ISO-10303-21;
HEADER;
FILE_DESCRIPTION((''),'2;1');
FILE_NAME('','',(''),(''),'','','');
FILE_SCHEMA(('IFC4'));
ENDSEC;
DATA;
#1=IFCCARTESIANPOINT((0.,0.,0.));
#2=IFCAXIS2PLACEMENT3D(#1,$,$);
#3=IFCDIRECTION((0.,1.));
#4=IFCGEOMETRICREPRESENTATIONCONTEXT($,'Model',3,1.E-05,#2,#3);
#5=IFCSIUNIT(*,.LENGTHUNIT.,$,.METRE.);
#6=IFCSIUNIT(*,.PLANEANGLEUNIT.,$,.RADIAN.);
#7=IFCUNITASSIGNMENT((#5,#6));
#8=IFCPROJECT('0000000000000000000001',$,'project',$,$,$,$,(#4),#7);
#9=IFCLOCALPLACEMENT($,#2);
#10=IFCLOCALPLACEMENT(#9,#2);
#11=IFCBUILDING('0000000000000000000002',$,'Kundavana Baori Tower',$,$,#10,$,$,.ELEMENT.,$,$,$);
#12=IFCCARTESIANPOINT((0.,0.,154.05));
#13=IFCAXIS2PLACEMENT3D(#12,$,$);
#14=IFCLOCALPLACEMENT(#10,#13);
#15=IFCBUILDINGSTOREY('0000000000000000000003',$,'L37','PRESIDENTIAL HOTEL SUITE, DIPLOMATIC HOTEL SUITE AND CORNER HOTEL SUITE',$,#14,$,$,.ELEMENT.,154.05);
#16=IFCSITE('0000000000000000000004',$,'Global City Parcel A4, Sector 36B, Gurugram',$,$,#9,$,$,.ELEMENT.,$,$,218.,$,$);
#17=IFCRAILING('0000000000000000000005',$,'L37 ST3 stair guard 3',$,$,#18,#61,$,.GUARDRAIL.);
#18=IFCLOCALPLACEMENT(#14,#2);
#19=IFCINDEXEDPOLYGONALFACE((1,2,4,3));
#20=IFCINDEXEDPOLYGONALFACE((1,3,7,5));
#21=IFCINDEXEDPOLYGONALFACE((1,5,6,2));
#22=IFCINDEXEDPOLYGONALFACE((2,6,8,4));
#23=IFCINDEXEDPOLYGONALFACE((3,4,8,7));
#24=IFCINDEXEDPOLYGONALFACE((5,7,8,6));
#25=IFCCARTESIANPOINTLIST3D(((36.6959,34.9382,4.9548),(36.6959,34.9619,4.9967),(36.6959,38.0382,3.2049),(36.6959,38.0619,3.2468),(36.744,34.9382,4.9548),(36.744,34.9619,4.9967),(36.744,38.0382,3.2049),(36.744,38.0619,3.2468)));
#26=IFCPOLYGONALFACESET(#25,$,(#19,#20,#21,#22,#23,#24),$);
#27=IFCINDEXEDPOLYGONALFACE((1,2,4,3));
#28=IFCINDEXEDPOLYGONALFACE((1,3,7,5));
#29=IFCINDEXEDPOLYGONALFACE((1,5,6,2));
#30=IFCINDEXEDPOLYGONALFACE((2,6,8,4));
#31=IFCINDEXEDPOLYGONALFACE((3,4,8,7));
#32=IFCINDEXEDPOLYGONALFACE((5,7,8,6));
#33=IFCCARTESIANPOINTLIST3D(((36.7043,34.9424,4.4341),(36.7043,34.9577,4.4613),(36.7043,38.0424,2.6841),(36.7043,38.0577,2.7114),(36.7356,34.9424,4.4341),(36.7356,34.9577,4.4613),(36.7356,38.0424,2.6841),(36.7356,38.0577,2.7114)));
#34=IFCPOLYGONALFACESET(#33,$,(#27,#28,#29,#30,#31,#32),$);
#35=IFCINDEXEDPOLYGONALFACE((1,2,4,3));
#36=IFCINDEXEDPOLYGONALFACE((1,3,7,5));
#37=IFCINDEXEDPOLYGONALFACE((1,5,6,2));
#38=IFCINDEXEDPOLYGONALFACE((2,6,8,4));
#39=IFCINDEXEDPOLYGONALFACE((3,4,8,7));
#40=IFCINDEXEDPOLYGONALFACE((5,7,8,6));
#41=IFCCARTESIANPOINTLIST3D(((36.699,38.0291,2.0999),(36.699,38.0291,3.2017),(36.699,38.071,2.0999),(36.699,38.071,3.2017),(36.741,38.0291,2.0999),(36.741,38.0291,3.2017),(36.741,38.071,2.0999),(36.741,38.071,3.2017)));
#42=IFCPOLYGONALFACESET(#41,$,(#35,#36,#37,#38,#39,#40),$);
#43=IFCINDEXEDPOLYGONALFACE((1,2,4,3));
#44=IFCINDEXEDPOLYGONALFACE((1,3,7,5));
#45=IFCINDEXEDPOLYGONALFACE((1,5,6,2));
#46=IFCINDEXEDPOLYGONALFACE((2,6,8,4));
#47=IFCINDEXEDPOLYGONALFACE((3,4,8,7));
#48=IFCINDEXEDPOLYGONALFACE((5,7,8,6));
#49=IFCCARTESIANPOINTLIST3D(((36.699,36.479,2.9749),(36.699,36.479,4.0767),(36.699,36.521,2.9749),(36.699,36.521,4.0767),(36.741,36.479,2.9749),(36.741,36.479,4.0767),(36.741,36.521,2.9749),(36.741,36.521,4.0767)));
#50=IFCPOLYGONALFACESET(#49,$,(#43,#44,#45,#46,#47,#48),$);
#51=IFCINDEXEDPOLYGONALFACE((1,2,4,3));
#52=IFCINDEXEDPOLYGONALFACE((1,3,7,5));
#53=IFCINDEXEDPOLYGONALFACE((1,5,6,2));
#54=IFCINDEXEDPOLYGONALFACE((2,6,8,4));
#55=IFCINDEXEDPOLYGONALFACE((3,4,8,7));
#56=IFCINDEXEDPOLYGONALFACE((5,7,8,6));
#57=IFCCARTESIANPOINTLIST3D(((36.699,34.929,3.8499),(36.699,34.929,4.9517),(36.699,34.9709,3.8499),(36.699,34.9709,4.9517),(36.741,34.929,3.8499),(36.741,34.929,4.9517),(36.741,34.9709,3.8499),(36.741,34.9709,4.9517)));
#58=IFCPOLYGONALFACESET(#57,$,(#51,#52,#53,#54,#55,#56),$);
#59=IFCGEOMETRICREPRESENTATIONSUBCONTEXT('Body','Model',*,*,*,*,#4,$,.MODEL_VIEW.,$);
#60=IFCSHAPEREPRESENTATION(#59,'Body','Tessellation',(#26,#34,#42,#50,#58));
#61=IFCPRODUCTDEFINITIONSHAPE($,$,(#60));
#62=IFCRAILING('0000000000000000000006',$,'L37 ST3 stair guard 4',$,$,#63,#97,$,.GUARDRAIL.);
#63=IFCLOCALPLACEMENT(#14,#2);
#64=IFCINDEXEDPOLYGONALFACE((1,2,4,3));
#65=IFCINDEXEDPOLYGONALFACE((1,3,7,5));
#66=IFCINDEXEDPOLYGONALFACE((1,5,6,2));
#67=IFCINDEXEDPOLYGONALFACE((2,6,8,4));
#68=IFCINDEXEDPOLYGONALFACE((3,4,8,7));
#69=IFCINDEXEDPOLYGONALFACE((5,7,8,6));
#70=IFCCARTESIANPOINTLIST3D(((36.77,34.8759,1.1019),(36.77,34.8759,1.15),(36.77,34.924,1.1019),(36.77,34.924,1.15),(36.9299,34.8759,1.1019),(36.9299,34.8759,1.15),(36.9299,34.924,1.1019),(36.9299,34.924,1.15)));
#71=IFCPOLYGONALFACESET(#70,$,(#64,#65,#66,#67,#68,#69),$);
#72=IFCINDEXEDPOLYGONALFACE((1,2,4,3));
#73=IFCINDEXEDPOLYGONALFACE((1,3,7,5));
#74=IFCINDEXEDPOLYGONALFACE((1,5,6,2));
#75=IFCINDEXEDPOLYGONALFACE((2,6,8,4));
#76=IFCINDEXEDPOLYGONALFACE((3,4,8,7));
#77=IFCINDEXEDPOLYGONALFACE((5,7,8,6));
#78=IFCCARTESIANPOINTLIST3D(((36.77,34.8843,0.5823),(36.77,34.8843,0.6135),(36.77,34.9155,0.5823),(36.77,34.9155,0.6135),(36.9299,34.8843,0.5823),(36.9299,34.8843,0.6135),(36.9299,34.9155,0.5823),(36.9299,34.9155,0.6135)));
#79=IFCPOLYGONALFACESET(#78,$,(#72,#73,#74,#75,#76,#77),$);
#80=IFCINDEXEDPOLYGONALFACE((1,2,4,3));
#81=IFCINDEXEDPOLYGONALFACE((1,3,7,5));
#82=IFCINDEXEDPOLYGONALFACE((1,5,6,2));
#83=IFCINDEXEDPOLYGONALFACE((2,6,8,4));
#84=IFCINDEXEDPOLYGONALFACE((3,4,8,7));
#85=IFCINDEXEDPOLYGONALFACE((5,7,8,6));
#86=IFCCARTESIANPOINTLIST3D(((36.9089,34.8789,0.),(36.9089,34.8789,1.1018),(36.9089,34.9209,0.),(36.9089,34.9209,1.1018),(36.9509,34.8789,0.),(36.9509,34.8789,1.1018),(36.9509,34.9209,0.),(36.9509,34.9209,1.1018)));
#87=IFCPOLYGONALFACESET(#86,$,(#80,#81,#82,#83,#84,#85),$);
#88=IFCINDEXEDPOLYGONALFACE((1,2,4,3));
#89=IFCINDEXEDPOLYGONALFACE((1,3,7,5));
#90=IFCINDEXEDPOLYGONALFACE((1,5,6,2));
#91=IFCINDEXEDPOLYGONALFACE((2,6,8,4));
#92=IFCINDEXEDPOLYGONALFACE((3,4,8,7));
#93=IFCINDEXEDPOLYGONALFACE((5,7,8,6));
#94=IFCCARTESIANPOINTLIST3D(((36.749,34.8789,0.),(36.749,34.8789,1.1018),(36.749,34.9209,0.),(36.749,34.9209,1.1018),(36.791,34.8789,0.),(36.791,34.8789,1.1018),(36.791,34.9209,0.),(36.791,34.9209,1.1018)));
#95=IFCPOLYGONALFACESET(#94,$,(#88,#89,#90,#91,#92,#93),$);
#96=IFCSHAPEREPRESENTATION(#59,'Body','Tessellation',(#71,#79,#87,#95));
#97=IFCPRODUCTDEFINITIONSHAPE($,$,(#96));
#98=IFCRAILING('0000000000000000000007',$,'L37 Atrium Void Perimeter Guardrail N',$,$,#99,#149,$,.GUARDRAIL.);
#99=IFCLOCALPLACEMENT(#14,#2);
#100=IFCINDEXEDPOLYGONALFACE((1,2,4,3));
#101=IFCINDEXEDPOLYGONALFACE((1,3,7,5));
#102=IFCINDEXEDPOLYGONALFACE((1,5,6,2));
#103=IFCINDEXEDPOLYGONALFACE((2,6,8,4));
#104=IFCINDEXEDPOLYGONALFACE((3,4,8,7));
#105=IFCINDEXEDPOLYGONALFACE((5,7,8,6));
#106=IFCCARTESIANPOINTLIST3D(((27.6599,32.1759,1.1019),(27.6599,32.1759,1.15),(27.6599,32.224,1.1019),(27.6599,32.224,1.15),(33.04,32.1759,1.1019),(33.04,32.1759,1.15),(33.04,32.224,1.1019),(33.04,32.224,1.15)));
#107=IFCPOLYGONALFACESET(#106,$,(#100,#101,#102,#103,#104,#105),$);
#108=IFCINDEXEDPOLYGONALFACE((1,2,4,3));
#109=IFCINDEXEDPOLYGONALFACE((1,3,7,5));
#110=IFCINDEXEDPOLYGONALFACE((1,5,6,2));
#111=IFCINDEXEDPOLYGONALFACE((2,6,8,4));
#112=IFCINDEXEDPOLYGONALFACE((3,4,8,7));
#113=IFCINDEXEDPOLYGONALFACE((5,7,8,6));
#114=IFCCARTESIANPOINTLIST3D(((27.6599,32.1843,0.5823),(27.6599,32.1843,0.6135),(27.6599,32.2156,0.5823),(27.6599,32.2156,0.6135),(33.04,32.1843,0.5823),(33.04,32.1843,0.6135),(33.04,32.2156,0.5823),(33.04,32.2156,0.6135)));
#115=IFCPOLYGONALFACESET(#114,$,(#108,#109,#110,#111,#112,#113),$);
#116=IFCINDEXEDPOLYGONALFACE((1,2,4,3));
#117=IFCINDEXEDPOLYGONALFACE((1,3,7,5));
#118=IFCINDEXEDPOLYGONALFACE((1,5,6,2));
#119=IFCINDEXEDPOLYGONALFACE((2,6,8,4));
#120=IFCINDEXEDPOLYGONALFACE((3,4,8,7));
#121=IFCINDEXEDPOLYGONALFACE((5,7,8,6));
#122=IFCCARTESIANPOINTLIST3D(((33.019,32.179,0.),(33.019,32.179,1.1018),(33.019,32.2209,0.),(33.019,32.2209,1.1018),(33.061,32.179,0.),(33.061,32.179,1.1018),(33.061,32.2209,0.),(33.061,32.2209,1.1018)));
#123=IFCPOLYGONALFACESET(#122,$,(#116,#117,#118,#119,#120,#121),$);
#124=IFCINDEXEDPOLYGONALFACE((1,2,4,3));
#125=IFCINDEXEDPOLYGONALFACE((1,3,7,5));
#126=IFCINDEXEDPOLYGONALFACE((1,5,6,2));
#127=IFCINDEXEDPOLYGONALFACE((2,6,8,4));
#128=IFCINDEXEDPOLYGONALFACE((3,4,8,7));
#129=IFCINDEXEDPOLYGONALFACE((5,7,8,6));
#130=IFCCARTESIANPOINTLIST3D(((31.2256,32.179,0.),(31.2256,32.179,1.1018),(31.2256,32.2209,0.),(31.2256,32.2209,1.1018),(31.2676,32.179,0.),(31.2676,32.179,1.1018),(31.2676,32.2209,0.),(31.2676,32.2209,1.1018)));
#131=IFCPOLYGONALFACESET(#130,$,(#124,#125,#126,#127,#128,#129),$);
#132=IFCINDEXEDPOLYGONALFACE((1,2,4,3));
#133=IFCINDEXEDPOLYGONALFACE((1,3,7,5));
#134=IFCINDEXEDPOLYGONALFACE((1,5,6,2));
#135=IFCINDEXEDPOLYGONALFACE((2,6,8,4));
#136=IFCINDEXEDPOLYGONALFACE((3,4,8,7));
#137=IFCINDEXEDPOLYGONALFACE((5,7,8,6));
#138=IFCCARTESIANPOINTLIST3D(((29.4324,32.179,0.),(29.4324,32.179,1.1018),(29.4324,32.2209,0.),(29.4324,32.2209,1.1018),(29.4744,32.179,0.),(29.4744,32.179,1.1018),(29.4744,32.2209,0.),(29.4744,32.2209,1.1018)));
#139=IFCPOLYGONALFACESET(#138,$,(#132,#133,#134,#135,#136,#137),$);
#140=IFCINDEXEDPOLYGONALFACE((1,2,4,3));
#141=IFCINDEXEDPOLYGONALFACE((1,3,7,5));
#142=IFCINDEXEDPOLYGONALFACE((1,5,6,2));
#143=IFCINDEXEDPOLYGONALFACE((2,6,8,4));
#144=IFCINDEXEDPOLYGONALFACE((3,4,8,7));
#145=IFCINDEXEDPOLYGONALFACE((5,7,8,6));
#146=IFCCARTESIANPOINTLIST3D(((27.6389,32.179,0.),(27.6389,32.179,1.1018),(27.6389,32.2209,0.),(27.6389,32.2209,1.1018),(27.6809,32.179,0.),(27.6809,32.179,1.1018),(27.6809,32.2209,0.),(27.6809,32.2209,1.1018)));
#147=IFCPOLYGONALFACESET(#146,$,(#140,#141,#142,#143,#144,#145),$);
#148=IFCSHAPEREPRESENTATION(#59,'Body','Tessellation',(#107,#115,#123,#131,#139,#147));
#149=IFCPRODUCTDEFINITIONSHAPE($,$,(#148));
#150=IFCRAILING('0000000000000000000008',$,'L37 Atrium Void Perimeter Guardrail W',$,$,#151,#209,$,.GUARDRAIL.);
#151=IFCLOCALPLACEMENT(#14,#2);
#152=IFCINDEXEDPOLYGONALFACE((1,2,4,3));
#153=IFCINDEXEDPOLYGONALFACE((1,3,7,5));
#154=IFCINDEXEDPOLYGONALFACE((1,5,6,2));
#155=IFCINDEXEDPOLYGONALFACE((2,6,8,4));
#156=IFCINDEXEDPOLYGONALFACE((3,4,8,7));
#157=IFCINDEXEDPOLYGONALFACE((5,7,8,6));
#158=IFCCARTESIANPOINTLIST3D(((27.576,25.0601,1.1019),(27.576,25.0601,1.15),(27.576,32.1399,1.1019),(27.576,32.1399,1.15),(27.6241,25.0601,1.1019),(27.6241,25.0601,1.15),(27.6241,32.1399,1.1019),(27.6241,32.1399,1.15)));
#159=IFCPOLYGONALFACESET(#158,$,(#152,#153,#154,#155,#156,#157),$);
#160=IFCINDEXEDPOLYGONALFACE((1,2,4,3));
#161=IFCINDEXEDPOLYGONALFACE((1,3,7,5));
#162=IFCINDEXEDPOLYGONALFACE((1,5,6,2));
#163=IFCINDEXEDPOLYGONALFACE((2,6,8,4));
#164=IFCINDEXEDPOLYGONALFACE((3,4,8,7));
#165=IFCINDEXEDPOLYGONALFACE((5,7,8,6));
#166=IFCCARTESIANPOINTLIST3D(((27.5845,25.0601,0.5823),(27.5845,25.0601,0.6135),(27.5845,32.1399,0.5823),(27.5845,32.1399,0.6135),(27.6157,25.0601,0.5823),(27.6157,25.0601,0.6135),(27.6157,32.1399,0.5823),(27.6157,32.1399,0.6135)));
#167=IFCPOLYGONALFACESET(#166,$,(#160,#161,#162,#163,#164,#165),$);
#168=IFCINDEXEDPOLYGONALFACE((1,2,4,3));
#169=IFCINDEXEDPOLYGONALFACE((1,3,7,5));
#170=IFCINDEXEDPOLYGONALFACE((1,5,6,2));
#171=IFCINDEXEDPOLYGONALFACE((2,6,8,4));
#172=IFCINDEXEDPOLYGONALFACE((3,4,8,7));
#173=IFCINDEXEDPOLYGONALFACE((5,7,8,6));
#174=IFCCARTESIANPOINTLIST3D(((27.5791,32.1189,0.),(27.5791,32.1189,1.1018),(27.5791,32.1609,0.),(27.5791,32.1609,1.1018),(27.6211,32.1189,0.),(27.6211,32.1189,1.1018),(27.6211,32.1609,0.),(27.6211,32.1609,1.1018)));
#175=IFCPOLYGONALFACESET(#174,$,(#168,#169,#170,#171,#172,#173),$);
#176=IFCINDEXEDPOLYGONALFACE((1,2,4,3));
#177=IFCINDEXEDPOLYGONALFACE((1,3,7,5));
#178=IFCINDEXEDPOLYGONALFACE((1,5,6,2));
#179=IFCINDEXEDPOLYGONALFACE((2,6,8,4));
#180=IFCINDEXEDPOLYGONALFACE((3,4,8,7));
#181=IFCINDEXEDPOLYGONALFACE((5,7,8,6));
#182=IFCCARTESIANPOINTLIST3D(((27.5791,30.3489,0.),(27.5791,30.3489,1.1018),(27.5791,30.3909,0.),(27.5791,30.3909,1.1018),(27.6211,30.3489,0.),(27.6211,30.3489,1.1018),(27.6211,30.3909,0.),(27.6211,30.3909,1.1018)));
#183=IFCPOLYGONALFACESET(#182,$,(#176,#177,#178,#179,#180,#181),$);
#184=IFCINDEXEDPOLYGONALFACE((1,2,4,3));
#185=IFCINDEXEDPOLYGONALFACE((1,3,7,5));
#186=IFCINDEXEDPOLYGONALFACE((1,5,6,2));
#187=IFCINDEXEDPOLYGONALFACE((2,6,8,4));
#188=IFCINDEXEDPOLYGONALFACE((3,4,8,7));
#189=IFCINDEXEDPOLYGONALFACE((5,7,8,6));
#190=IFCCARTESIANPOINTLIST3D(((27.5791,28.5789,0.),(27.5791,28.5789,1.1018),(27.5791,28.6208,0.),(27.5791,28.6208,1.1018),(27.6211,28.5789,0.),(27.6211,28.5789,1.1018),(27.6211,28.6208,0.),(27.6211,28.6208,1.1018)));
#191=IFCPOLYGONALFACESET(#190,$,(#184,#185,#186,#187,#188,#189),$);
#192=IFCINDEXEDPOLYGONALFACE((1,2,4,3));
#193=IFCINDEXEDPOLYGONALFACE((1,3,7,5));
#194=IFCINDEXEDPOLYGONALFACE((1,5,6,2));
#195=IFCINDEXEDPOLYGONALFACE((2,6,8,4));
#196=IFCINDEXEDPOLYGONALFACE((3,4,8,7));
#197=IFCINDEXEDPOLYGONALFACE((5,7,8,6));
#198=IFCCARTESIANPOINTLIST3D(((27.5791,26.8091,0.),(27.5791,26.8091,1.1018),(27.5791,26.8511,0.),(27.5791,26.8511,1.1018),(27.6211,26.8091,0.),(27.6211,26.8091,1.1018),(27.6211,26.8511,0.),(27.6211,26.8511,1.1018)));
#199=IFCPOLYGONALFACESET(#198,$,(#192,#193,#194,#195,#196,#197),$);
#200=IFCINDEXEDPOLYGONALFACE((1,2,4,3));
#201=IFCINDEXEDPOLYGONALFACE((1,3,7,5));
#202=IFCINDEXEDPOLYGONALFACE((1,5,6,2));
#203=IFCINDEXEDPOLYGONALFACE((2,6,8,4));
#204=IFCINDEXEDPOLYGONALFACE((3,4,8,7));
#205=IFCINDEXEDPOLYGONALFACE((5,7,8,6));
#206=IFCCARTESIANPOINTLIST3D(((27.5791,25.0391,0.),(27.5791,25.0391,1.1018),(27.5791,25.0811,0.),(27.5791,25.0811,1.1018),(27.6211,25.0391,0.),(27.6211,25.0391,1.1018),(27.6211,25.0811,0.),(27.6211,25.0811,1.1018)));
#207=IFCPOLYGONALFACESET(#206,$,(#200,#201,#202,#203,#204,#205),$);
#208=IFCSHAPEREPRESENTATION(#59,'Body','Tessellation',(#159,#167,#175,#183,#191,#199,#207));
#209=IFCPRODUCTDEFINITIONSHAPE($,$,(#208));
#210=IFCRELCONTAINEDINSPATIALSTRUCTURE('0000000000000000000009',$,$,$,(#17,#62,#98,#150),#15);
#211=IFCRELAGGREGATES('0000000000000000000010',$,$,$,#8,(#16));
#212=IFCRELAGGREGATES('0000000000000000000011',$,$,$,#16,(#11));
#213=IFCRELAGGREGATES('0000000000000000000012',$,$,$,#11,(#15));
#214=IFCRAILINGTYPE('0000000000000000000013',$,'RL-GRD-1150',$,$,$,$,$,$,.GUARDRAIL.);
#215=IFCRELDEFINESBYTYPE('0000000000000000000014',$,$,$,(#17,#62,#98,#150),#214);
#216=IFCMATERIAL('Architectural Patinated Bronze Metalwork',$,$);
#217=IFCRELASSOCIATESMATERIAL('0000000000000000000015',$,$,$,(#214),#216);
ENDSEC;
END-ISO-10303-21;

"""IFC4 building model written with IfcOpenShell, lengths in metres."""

from ifc_helpers import new_model, si_unit, direction, frame, origin, origin_2d, place, context, subcontext, project, spatial, rectangle, extrude, material, type_object, element, save


model = new_model("IFC4")

# Units and contexts
model_context = context("Model", 3, precision=1e-05, world=origin(), true_north=direction((0.0, 1.0)))
body_context = subcontext(model_context, "Body", "Model", "MODEL_VIEW")
ifc_project = project(units=[si_unit("LENGTHUNIT", "METRE"), si_unit("PLANEANGLEUNIT", "RADIAN")], contexts=[model_context])

# Site, building, storey
site_placement = place(None, origin())
site = spatial("IfcSite", under=ifc_project, at=site_placement, Name="Global City Parcel A4, Sector 36B, Gurugram", CompositionType="ELEMENT", RefElevation=218.0)
building_placement = place(site_placement, origin())
building = spatial("IfcBuilding", under=site, at=building_placement, Name="Kundavana Baori Tower", CompositionType="ELEMENT")
storey_placement = place(building_placement, frame((0.0, 0.0, 154.05)))
storey = spatial("IfcBuildingStorey", under=building, at=storey_placement, Name="L37", Description="PRESIDENTIAL HOTEL SUITE, DIPLOMATIC HOTEL SUITE AND CORNER HOTEL SUITE", CompositionType="ELEMENT", Elevation=154.05)

# Railings
ifc_material_1 = material(Name="Architectural Patinated Bronze Metalwork")
railing_type_1 = type_object("IfcRailingType", Name="RL-GRD-1150", PredefinedType="GUARDRAIL", material=ifc_material_1)
railing_1_placement = place(storey_placement, frame((36.72, 38.05, 2.0999)))
element("IfcRailing", 1, at=railing_1_placement, inside=storey, type_object=railing_type_1, Name="L37 ST3 stair guard 3", PredefinedType="GUARDRAIL", context=body_context, shape_type="SweptSolid", body=[
    extrude(rectangle(XDim=0.0481, YDim=0.0481, at=origin_2d()), frame((0.0, 0.0, 1.126), z_axis=(0.0, -0.870831, 0.491583), x_axis=(1.0, 0.0, 0.0)), (0.0, 0.0, 1.0), 3.5598),
    extrude(rectangle(XDim=0.0312, YDim=0.0312, at=origin_2d()), frame((0.0, 0.0, 0.5979), z_axis=(0.0, -0.870831, 0.491583), x_axis=(1.0, 0.0, 0.0)), (0.0, 0.0, 1.0), 3.5598),
    extrude(rectangle(XDim=0.042, YDim=0.042, at=origin_2d()), origin(), (0.0, 0.0, 1.0), 1.1018),
    extrude(rectangle(XDim=0.042, YDim=0.042, at=origin_2d()), frame((0.0, -1.55, 0.875)), (0.0, 0.0, 1.0), 1.1018),
    extrude(rectangle(XDim=0.042, YDim=0.042, at=origin_2d()), frame((0.0, -3.1001, 1.75)), (0.0, 0.0, 1.0), 1.1018),
])
railing_2_placement = place(storey_placement, frame((36.9299, 34.8999, 0.0)))
element("IfcRailing", 2, at=railing_2_placement, inside=storey, type_object=railing_type_1, Name="L37 ST3 stair guard 4", PredefinedType="GUARDRAIL", context=body_context, shape_type="SweptSolid", body=[
    extrude(rectangle(XDim=0.0481, YDim=0.0481, at=origin_2d()), frame((0.0, 0.0, 1.126), z_axis=(-1.0, 0.0, 0.0), x_axis=(0.0, -1.0, 0.0)), (0.0, 0.0, 1.0), 0.1599),
    extrude(rectangle(XDim=0.0312, YDim=0.0312, at=origin_2d()), frame((0.0, 0.0, 0.5979), z_axis=(-1.0, 0.0, 0.0), x_axis=(0.0, -1.0, 0.0)), (0.0, 0.0, 1.0), 0.1599),
    extrude(rectangle(XDim=0.042, YDim=0.042, at=origin_2d()), origin(), (0.0, 0.0, 1.0), 1.1018),
    extrude(rectangle(XDim=0.042, YDim=0.042, at=origin_2d()), frame((-0.1599, 0.0, 0.0)), (0.0, 0.0, 1.0), 1.1018),
])
railing_3_placement = place(storey_placement, frame((33.04, 32.2, 0.0)))
element("IfcRailing", 3, at=railing_3_placement, inside=storey, type_object=railing_type_1, Name="L37 Atrium Void Perimeter Guardrail N", PredefinedType="GUARDRAIL", context=body_context, shape_type="SweptSolid", body=[
    extrude(rectangle(XDim=0.0481, YDim=0.0481, at=origin_2d()), frame((0.0, 0.0, 1.126), z_axis=(-1.0, 0.0, 0.0), x_axis=(0.0, -1.0, 0.0)), (0.0, 0.0, 1.0), 5.3801),
    extrude(rectangle(XDim=0.0312, YDim=0.0312, at=origin_2d()), frame((0.0, 0.0, 0.5979), z_axis=(-1.0, 0.0, 0.0), x_axis=(0.0, -1.0, 0.0)), (0.0, 0.0, 1.0), 5.3801),
    extrude(rectangle(XDim=0.042, YDim=0.042, at=origin_2d()), origin(), (0.0, 0.0, 1.0), 1.1018),
    extrude(rectangle(XDim=0.042, YDim=0.042, at=origin_2d()), frame((-1.7935, 0.0, 0.0)), (0.0, 0.0, 1.0), 1.1018),
    extrude(rectangle(XDim=0.042, YDim=0.042, at=origin_2d()), frame((-3.5867, 0.0, 0.0)), (0.0, 0.0, 1.0), 1.1018),
    extrude(rectangle(XDim=0.042, YDim=0.042, at=origin_2d()), frame((-5.3801, 0.0, 0.0)), (0.0, 0.0, 1.0), 1.1018),
])
railing_4_placement = place(storey_placement, frame((27.6001, 32.1399, 0.0)))
element("IfcRailing", 4, at=railing_4_placement, inside=storey, type_object=railing_type_1, Name="L37 Atrium Void Perimeter Guardrail W", PredefinedType="GUARDRAIL", context=body_context, shape_type="SweptSolid", body=[
    extrude(rectangle(XDim=0.0481, YDim=0.0481, at=origin_2d()), frame((0.0, 0.0, 1.126), z_axis=(0.0, -1.0, 0.0), x_axis=(1.0, 0.0, 0.0)), (0.0, 0.0, 1.0), 7.0798),
    extrude(rectangle(XDim=0.0312, YDim=0.0312, at=origin_2d()), frame((0.0, 0.0, 0.5979), z_axis=(0.0, -1.0, 0.0), x_axis=(1.0, 0.0, 0.0)), (0.0, 0.0, 1.0), 7.0798),
    extrude(rectangle(XDim=0.042, YDim=0.042, at=origin_2d()), origin(), (0.0, 0.0, 1.0), 1.1018),
    extrude(rectangle(XDim=0.042, YDim=0.042, at=origin_2d()), frame((0.0, -1.77, 0.0)), (0.0, 0.0, 1.0), 1.1018),
    extrude(rectangle(XDim=0.042, YDim=0.042, at=origin_2d()), frame((0.0, -3.54, 0.0)), (0.0, 0.0, 1.0), 1.1018),
    extrude(rectangle(XDim=0.042, YDim=0.042, at=origin_2d()), frame((0.0, -5.3098, 0.0)), (0.0, 0.0, 1.0), 1.1018),
    extrude(rectangle(XDim=0.042, YDim=0.042, at=origin_2d()), frame((0.0, -7.0798, 0.0)), (0.0, 0.0, 1.0), 1.1018),
])

save(model, "model.ifc")
